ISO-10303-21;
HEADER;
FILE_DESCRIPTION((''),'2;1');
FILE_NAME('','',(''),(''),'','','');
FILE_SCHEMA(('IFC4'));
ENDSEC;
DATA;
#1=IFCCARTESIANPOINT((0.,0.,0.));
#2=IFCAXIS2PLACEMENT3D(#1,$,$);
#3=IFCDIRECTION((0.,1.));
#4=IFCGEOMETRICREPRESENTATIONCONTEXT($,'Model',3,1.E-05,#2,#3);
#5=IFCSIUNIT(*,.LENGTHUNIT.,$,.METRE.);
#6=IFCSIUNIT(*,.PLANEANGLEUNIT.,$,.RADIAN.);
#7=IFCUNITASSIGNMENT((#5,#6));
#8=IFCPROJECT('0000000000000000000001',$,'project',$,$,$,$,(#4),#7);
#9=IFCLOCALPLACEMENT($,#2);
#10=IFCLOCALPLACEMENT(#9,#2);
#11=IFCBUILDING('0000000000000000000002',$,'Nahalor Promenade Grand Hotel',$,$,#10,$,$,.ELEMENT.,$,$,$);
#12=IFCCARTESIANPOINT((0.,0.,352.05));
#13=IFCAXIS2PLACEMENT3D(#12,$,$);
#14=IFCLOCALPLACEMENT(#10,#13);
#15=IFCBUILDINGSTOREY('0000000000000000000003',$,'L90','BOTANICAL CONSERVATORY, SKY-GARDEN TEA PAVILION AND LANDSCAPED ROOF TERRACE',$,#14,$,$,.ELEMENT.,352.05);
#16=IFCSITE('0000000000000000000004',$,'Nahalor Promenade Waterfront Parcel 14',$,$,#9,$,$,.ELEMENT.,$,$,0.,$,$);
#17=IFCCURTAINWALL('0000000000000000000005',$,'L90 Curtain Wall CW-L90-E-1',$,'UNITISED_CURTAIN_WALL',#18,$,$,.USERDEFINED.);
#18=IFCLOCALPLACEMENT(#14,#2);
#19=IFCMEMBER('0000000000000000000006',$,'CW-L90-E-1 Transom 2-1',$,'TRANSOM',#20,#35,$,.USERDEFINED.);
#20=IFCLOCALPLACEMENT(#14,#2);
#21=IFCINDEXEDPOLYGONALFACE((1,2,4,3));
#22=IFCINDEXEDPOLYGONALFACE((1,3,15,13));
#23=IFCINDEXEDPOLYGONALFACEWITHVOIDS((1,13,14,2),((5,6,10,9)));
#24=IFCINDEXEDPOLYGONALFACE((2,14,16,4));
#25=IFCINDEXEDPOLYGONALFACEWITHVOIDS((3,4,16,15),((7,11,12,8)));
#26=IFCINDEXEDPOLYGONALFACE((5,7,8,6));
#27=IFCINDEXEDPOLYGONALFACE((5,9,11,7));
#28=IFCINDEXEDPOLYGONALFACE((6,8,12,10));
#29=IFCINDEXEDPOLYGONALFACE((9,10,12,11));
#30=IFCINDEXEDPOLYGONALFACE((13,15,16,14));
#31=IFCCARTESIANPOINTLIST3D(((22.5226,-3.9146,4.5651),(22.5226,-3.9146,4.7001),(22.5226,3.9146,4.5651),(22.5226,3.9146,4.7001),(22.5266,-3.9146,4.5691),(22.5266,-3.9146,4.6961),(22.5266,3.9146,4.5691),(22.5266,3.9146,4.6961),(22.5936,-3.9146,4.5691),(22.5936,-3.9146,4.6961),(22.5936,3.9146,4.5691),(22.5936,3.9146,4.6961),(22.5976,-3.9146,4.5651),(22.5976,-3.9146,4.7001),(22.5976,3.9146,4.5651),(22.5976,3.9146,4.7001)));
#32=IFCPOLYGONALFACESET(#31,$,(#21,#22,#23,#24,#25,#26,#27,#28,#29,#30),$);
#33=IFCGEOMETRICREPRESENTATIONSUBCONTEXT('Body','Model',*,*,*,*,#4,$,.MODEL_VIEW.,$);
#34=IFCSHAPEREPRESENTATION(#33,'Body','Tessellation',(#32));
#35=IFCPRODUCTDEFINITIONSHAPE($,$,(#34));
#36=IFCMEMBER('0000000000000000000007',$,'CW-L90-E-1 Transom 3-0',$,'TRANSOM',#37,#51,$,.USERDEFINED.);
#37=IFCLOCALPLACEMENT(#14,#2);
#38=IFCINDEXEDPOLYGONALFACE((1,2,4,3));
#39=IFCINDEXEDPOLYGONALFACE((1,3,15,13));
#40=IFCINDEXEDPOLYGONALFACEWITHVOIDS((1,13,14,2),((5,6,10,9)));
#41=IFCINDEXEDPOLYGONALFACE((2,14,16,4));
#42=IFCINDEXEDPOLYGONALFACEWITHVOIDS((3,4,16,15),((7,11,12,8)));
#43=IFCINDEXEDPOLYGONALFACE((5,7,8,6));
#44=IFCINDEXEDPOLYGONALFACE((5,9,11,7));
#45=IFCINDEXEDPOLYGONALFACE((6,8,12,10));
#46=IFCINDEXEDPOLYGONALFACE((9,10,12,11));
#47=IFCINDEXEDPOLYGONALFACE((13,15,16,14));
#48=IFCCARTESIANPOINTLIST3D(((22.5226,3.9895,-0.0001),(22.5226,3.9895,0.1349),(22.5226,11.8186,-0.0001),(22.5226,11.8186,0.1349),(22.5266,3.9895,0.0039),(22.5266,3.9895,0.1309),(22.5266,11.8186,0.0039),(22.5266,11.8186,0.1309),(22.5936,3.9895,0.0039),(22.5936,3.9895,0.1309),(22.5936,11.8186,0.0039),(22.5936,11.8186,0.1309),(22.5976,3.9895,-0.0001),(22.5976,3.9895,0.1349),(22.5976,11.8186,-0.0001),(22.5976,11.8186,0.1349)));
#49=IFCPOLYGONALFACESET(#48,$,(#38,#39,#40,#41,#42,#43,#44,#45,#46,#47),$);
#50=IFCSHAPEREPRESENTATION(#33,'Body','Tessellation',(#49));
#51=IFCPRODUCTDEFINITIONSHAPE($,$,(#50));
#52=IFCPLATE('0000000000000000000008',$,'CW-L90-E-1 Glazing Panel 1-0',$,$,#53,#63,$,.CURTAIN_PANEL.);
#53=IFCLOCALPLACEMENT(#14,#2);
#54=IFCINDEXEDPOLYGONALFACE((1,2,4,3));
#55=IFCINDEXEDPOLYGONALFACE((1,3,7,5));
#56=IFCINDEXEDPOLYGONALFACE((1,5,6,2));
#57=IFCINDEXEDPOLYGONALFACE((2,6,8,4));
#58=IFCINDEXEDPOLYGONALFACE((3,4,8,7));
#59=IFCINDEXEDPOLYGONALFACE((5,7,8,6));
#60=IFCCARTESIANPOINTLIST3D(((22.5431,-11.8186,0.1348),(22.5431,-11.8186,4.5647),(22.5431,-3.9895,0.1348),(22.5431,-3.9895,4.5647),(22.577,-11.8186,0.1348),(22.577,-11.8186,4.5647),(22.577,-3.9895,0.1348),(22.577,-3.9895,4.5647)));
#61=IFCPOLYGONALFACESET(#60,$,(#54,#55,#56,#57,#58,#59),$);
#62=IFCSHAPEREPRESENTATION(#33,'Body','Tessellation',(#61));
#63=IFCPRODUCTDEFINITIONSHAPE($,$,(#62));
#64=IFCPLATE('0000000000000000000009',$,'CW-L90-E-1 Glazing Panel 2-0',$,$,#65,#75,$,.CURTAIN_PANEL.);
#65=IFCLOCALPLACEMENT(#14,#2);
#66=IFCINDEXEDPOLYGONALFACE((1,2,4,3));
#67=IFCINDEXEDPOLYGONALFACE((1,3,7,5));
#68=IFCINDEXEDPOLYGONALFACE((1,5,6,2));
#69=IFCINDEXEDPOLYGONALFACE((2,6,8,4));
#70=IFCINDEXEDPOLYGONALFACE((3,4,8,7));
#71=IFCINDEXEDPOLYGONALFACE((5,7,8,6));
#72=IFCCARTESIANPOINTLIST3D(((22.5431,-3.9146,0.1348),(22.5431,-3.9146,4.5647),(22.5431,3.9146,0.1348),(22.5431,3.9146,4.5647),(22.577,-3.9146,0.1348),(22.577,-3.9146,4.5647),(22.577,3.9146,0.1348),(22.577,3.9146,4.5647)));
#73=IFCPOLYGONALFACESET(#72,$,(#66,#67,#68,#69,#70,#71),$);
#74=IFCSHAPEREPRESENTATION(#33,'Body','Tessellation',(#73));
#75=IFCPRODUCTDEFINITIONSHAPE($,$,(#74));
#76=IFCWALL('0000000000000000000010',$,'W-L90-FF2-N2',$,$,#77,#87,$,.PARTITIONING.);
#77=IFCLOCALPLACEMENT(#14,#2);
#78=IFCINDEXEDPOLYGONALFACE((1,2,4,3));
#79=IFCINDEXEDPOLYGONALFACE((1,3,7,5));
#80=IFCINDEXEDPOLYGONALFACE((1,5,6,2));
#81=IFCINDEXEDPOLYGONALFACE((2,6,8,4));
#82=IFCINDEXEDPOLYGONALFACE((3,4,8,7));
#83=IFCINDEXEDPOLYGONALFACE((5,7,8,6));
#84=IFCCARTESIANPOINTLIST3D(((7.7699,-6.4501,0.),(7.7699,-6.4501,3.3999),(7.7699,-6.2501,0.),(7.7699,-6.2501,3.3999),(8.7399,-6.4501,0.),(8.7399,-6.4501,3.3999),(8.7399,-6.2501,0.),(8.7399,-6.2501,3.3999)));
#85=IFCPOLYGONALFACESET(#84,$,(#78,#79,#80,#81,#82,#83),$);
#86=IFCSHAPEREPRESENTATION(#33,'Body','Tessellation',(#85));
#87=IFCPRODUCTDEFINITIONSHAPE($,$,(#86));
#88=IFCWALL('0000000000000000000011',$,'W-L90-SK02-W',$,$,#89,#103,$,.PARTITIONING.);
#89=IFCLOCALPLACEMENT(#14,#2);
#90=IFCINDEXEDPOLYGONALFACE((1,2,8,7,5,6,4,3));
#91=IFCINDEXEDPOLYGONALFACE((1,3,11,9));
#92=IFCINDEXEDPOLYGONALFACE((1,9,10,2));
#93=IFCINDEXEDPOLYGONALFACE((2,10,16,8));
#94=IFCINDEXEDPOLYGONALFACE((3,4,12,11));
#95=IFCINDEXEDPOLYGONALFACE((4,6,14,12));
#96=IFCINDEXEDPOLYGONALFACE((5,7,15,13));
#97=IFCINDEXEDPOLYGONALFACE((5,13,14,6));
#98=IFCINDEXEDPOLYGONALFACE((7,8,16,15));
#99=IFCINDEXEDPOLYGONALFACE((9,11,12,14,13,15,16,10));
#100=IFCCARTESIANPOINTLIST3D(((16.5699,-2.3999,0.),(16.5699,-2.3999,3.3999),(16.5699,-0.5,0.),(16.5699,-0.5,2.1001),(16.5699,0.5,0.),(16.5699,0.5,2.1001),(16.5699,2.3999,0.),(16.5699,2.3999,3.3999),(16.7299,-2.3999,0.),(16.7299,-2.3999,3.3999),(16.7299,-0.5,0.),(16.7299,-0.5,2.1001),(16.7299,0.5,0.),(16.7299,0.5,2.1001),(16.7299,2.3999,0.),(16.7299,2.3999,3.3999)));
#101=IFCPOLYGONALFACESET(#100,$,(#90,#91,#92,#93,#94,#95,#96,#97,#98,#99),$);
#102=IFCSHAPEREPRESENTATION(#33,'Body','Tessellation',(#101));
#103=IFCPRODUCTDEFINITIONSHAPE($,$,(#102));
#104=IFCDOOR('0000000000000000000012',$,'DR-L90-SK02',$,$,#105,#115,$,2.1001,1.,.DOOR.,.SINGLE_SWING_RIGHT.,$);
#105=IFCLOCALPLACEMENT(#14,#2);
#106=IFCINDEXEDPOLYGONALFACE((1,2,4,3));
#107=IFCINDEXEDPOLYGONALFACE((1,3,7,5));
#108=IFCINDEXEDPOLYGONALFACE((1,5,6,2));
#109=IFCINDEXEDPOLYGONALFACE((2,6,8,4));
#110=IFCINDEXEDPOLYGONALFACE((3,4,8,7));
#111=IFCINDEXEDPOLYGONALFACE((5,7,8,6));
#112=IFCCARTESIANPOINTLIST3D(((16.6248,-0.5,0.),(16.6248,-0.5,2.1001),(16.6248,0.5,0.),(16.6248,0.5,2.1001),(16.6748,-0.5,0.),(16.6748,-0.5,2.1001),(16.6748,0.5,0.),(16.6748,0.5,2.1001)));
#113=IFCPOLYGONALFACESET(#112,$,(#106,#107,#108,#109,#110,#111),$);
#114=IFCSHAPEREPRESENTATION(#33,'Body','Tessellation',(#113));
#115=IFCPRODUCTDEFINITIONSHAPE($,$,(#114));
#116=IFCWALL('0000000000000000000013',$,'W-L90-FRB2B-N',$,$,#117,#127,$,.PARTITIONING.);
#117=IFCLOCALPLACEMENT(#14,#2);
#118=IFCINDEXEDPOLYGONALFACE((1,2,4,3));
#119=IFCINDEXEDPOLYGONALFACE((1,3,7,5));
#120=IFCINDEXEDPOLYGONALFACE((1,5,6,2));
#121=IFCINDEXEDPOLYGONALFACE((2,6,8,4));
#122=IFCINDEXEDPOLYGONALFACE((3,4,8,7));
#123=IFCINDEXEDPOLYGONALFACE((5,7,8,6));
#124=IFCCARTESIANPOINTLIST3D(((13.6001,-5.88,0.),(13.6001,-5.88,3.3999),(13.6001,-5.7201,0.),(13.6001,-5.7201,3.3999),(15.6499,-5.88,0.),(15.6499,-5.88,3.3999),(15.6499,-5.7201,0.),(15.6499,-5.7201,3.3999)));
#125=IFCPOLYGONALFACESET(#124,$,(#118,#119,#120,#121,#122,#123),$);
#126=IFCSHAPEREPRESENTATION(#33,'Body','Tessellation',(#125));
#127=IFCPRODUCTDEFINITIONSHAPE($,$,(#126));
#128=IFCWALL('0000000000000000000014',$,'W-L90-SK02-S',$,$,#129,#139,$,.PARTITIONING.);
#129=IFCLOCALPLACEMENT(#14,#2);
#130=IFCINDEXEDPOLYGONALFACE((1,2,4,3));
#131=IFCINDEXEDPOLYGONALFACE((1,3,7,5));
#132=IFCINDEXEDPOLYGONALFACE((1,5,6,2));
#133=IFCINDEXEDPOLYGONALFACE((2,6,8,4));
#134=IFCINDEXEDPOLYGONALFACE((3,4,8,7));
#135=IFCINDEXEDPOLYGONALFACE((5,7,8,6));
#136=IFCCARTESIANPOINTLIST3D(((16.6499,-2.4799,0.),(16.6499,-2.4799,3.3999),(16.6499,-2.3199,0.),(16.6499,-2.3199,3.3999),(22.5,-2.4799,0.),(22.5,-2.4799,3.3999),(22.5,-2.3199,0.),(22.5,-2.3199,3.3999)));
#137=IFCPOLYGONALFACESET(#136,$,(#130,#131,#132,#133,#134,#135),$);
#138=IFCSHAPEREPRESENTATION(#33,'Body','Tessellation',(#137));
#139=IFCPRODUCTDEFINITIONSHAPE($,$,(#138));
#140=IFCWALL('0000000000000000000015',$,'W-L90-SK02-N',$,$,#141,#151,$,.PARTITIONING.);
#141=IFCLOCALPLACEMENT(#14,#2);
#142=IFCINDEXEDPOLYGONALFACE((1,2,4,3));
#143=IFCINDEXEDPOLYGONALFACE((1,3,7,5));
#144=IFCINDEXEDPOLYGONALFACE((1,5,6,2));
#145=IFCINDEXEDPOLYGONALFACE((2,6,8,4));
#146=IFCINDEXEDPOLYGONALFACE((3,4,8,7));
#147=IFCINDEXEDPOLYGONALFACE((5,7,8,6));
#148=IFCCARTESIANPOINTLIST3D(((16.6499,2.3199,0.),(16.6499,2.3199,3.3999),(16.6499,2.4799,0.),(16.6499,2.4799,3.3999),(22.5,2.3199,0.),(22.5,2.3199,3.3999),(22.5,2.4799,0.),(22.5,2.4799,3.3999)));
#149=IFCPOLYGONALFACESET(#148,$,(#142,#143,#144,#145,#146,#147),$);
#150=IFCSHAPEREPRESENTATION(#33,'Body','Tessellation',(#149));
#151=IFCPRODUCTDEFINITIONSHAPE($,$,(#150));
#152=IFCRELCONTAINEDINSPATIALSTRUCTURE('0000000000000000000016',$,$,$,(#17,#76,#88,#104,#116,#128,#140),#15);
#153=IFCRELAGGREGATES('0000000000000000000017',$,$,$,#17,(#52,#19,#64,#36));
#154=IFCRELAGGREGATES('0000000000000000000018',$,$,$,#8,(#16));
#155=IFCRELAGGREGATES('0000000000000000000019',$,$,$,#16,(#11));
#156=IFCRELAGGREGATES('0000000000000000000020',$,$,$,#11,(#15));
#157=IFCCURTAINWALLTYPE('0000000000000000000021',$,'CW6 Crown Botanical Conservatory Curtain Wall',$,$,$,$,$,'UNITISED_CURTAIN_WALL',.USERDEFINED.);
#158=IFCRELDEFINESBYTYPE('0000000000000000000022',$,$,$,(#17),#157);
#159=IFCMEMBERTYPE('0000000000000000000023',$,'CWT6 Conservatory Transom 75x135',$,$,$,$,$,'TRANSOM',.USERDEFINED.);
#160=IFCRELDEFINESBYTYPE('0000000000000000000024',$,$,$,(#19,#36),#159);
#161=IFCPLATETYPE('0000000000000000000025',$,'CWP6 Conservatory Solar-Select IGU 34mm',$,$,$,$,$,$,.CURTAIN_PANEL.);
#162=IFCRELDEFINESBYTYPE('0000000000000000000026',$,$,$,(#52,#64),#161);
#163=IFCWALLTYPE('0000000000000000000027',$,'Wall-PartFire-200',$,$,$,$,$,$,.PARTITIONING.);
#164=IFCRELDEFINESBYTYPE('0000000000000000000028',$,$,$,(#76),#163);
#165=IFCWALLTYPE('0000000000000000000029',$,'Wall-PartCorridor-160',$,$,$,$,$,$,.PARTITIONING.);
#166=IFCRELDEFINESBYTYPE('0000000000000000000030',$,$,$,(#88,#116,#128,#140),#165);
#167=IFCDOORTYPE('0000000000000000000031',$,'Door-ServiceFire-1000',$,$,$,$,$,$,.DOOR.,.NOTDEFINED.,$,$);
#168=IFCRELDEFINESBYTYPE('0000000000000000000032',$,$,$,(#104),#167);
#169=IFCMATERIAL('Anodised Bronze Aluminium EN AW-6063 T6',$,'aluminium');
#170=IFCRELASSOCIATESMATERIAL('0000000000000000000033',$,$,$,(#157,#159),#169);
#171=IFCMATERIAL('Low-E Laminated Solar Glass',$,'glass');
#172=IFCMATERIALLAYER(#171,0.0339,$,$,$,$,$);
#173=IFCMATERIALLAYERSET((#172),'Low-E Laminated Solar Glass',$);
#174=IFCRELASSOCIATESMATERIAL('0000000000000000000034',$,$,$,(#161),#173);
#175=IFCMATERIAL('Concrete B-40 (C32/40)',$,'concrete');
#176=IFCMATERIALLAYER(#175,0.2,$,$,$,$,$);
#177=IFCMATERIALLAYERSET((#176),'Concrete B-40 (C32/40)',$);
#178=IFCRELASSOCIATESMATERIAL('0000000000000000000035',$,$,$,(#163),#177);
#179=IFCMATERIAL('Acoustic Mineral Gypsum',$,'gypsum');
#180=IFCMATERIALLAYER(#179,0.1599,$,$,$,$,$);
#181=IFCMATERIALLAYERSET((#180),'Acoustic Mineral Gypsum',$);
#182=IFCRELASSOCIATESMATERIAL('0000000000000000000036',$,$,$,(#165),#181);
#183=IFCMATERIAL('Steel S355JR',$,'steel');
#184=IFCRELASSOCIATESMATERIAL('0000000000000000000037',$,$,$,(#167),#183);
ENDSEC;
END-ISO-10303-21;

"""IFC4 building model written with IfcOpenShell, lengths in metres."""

from ifc_helpers import new_model, si_unit, direction, frame, frame_2d, origin, origin_2d, place, context, subcontext, project, spatial, rectangle, hollow_rectangle, extrude, source, transform, mapped, material, layer, layer_set, material_profile, profile_set, type_object, element, fill, aggregate, save


model = new_model("IFC4")

# Units and contexts
model_context = context("Model", 3, precision=1e-05, world=origin(), true_north=direction((0.0, 1.0)))
body_context = subcontext(model_context, "Body", "Model", "MODEL_VIEW")
ifc_project = project(units=[si_unit("LENGTHUNIT", "METRE"), si_unit("PLANEANGLEUNIT", "RADIAN")], contexts=[model_context])

# Site, building, storey
site_placement = place(None, origin())
site = spatial("IfcSite", under=ifc_project, at=site_placement, Name="Nahalor Promenade Waterfront Parcel 14", CompositionType="ELEMENT", RefElevation=0.0)
building_placement = place(site_placement, origin())
building = spatial("IfcBuilding", under=site, at=building_placement, Name="Nahalor Promenade Grand Hotel", CompositionType="ELEMENT")
storey_placement = place(building_placement, frame((0.0, 0.0, 352.05)))
storey = spatial("IfcBuildingStorey", under=building, at=storey_placement, Name="L90", Description="BOTANICAL CONSERVATORY, SKY-GARDEN TEA PAVILION AND LANDSCAPED ROOF TERRACE", CompositionType="ELEMENT", Elevation=352.05)

# Shared definitions
ifc_material_1 = material(Name="Steel S355JR", Category="steel")

# Curtain wall, members, plates
ifc_material_2 = material(Name="Anodised Bronze Aluminium EN AW-6063 T6", Category="aluminium")
curtain_wall_type = type_object("IfcCurtainWallType", Name="CW6 Crown Botanical Conservatory Curtain Wall", ElementType="UNITISED_CURTAIN_WALL", PredefinedType="USERDEFINED", material=ifc_material_2)
curtain_wall_placement = place(storey_placement, origin())
curtain_wall = element("IfcCurtainWall", 1, at=curtain_wall_placement, inside=storey, type_object=curtain_wall_type, Name="L90 Curtain Wall CW-L90-E-1", ObjectType="UNITISED_CURTAIN_WALL", PredefinedType="USERDEFINED")
ifc_material_profile_1 = material_profile(ifc_material_2, hollow_rectangle(XDim=0.075, YDim=0.135, WallThickness=0.004, at=origin_2d()), Name="CWT 75x135x4")
ifc_profile_set_1 = profile_set([ifc_material_profile_1], Name="Anodised Bronze Aluminium EN AW-6063 T6")
member_type_1 = type_object("IfcMemberType", Name="CWT6 Conservatory Transom 75x135", ElementType="TRANSOM", PredefinedType="USERDEFINED", material=ifc_profile_set_1)
shared_shape_1 = source(origin(), body_context, "Body", "SweptSolid", [
    extrude(hollow_rectangle(XDim=0.075, YDim=0.135, WallThickness=0.004, at=origin_2d()), origin(), (0.0, 0.0, 1.0), 7.8291),
])
member_1_placement = place(storey_placement, frame((22.5601, -3.9146, 4.6326), z_axis=(0.0, 1.0, 0.0), x_axis=(-1.0, 0.0, 0.0)))
member_1 = element("IfcMember", 2, at=member_1_placement, type_object=member_type_1, Name="CW-L90-E-1 Transom 2-1", ObjectType="TRANSOM", PredefinedType="USERDEFINED", context=body_context, shape_type="MappedRepresentation", body=[
    mapped(shared_shape_1, transform((0.0, 0.0, 0.0), scale=1.0)),
])
member_2_placement = place(storey_placement, frame((22.5601, 3.9895, 0.0674), z_axis=(0.0, 1.0, 0.0), x_axis=(-1.0, 0.0, 0.0)))
member_2 = element("IfcMember", 3, at=member_2_placement, type_object=member_type_1, Name="CW-L90-E-1 Transom 3-0", ObjectType="TRANSOM", PredefinedType="USERDEFINED", context=body_context, shape_type="MappedRepresentation", body=[
    mapped(shared_shape_1, transform((0.0, 0.0, 0.0), scale=1.0)),
])
ifc_material_3 = material(Name="Low-E Laminated Solar Glass", Category="glass")
ifc_layer_1 = layer(ifc_material_3, 0.0339)
ifc_layer_set_1 = layer_set([ifc_layer_1], Name="Low-E Laminated Solar Glass")
plate_type = type_object("IfcPlateType", Name="CWP6 Conservatory Solar-Select IGU 34mm", PredefinedType="CURTAIN_PANEL", material=ifc_layer_set_1)
shared_shape_2 = source(origin(), body_context, "Body", "SweptSolid", [
    extrude(rectangle(XDim=7.8291, YDim=0.0339, at=origin_2d()), origin(), (0.0, 0.0, 1.0), 4.4299),
])
plate_1_placement = place(storey_placement, frame((22.5601, -7.9041, 0.1348), z_axis=(0.0, 0.0, 1.0), x_axis=(0.0, 1.0, 0.0)))
plate_1 = element("IfcPlate", 4, at=plate_1_placement, type_object=plate_type, Name="CW-L90-E-1 Glazing Panel 1-0", PredefinedType="CURTAIN_PANEL", context=body_context, shape_type="MappedRepresentation", body=[
    mapped(shared_shape_2, transform((0.0, 0.0, 0.0), scale=1.0)),
])
plate_2_placement = place(storey_placement, frame((22.5601, 0.0, 0.1348), z_axis=(0.0, 0.0, 1.0), x_axis=(0.0, 1.0, 0.0)))
plate_2 = element("IfcPlate", 5, at=plate_2_placement, type_object=plate_type, Name="CW-L90-E-1 Glazing Panel 2-0", PredefinedType="CURTAIN_PANEL", context=body_context, shape_type="MappedRepresentation", body=[
    mapped(shared_shape_2, transform((0.0, 0.0, 0.0), scale=1.0)),
])
aggregate(curtain_wall, [plate_1, member_1, plate_2, member_2])

# Wall
ifc_material_4 = material(Name="Concrete B-40 (C32/40)", Category="concrete")
ifc_layer_2 = layer(ifc_material_4, 0.2)
ifc_layer_set_2 = layer_set([ifc_layer_2], Name="Concrete B-40 (C32/40)")
wall_type_1 = type_object("IfcWallType", Name="Wall-PartFire-200", PredefinedType="PARTITIONING", material=ifc_layer_set_2)
shared_shape_3 = source(origin(), body_context, "Body", "SweptSolid", [
    extrude(rectangle(XDim=0.97, YDim=0.2, at=frame_2d((0.4849, 0.0))), origin(), (0.0, 0.0, 1.0), 3.3999),
])
wall_1_placement = place(storey_placement, frame((7.77, -6.3501, 0.0), z_axis=(0.0, 0.0, 1.0), x_axis=(1.0, 0.0, 0.0)))
element("IfcWall", 6, at=wall_1_placement, inside=storey, type_object=wall_type_1, Name="W-L90-FF2-N2", PredefinedType="PARTITIONING", context=body_context, shape_type="MappedRepresentation", body=[
    mapped(shared_shape_3, transform((0.0, 0.0, 0.0), scale=1.0)),
])

# Wall, opening, door
ifc_material_5 = material(Name="Acoustic Mineral Gypsum", Category="gypsum")
ifc_layer_3 = layer(ifc_material_5, 0.1599)
ifc_layer_set_3 = layer_set([ifc_layer_3], Name="Acoustic Mineral Gypsum")
wall_type_2 = type_object("IfcWallType", Name="Wall-PartCorridor-160", PredefinedType="PARTITIONING", material=ifc_layer_set_3)
shared_shape_4 = source(origin(), body_context, "Body", "SweptSolid", [
    extrude(rectangle(XDim=4.7998, YDim=0.1599, at=frame_2d((2.3999, 0.0))), origin(), (0.0, 0.0, 1.0), 3.3999),
])
wall_2_placement = place(storey_placement, frame((16.6499, -2.3999, 0.0), z_axis=(0.0, 0.0, 1.0), x_axis=(0.0, 1.0, 0.0)))
wall_2 = element("IfcWall", 7, at=wall_2_placement, inside=storey, type_object=wall_type_2, Name="W-L90-SK02-W", PredefinedType="PARTITIONING", context=body_context, shape_type="MappedRepresentation", body=[
    mapped(shared_shape_4, transform((0.0, 0.0, 0.0), scale=1.0)),
])
opening_1_placement = place(wall_2_placement, frame((1.8999, 0.0, 0.0)))
opening_1 = element("IfcOpeningElement", 8, at=opening_1_placement, cuts=wall_2, PredefinedType="OPENING", context=body_context, shape_type="SweptSolid", body=[
    extrude(rectangle(XDim=1.0, YDim=2.1001, at=frame_2d((0.5, 1.05))), frame((0.0, 0.0898, 0.0), z_axis=(0.0, -1.0, 0.0), x_axis=(1.0, 0.0, 0.0)), (0.0, 0.0, 1.0), 0.1799),
])
door_type_1 = type_object("IfcDoorType", Name="Door-ServiceFire-1000", OperationType="NOTDEFINED", PredefinedType="DOOR", material=ifc_material_1)
shared_shape_5 = source(origin(), body_context, "Body", "SweptSolid", [
    extrude(rectangle(XDim=1.0, YDim=2.1001, at=frame_2d((0.5, 1.05))), frame((0.0, 0.0249, 0.0), z_axis=(0.0, -1.0, 0.0), x_axis=(1.0, 0.0, 0.0)), (0.0, 0.0, 1.0), 0.05),
])
door_1_placement = place(opening_1_placement, frame((1.0, 0.0, 0.0), z_axis=(0.0, 0.0, 1.0), x_axis=(-1.0, 0.0, 0.0)))
door_1 = element("IfcDoor", 9, at=door_1_placement, inside=storey, type_object=door_type_1, Name="DR-L90-SK02", OperationType="SINGLE_SWING_RIGHT", OverallHeight=2.1001, OverallWidth=1.0, PredefinedType="DOOR", context=body_context, shape_type="MappedRepresentation", body=[
    mapped(shared_shape_5, transform((0.0, 0.0, 0.0), scale=1.0)),
])
fill(opening_1, door_1)

# Walls
shared_shape_6 = source(origin(), body_context, "Body", "SweptSolid", [
    extrude(rectangle(XDim=2.0498, YDim=0.1599, at=frame_2d((1.0249, 0.0))), origin(), (0.0, 0.0, 1.0), 3.3999),
])
wall_3_placement = place(storey_placement, frame((13.6001, -5.8, 0.0), z_axis=(0.0, 0.0, 1.0), x_axis=(1.0, 0.0, 0.0)))
element("IfcWall", 10, at=wall_3_placement, inside=storey, type_object=wall_type_2, Name="W-L90-FRB2B-N", PredefinedType="PARTITIONING", context=body_context, shape_type="MappedRepresentation", body=[
    mapped(shared_shape_6, transform((0.0, 0.0, 0.0), scale=1.0)),
])
shared_shape_7 = source(origin(), body_context, "Body", "SweptSolid", [
    extrude(rectangle(XDim=5.8501, YDim=0.1599, at=frame_2d((2.925, 0.0))), origin(), (0.0, 0.0, 1.0), 3.3999),
])
for number, where, z_axis, x_axis, name in (
    (11, (16.6499, -2.3999, 0.0), (0.0, 0.0, 1.0), (1.0, 0.0, 0.0), "W-L90-SK02-S"),
    (12, (16.6499, 2.3999, 0.0), (0.0, 0.0, 1.0), (1.0, 0.0, 0.0), "W-L90-SK02-N"),
):
    element("IfcWall", number, at=place(storey_placement, frame(where, z_axis=z_axis, x_axis=x_axis)), inside=storey, type_object=wall_type_2, Name=name, PredefinedType="PARTITIONING", context=body_context, shape_type="MappedRepresentation", body=[
        mapped(shared_shape_7, transform((0.0, 0.0, 0.0), scale=1.0)),
    ])

save(model, "model.ifc")
